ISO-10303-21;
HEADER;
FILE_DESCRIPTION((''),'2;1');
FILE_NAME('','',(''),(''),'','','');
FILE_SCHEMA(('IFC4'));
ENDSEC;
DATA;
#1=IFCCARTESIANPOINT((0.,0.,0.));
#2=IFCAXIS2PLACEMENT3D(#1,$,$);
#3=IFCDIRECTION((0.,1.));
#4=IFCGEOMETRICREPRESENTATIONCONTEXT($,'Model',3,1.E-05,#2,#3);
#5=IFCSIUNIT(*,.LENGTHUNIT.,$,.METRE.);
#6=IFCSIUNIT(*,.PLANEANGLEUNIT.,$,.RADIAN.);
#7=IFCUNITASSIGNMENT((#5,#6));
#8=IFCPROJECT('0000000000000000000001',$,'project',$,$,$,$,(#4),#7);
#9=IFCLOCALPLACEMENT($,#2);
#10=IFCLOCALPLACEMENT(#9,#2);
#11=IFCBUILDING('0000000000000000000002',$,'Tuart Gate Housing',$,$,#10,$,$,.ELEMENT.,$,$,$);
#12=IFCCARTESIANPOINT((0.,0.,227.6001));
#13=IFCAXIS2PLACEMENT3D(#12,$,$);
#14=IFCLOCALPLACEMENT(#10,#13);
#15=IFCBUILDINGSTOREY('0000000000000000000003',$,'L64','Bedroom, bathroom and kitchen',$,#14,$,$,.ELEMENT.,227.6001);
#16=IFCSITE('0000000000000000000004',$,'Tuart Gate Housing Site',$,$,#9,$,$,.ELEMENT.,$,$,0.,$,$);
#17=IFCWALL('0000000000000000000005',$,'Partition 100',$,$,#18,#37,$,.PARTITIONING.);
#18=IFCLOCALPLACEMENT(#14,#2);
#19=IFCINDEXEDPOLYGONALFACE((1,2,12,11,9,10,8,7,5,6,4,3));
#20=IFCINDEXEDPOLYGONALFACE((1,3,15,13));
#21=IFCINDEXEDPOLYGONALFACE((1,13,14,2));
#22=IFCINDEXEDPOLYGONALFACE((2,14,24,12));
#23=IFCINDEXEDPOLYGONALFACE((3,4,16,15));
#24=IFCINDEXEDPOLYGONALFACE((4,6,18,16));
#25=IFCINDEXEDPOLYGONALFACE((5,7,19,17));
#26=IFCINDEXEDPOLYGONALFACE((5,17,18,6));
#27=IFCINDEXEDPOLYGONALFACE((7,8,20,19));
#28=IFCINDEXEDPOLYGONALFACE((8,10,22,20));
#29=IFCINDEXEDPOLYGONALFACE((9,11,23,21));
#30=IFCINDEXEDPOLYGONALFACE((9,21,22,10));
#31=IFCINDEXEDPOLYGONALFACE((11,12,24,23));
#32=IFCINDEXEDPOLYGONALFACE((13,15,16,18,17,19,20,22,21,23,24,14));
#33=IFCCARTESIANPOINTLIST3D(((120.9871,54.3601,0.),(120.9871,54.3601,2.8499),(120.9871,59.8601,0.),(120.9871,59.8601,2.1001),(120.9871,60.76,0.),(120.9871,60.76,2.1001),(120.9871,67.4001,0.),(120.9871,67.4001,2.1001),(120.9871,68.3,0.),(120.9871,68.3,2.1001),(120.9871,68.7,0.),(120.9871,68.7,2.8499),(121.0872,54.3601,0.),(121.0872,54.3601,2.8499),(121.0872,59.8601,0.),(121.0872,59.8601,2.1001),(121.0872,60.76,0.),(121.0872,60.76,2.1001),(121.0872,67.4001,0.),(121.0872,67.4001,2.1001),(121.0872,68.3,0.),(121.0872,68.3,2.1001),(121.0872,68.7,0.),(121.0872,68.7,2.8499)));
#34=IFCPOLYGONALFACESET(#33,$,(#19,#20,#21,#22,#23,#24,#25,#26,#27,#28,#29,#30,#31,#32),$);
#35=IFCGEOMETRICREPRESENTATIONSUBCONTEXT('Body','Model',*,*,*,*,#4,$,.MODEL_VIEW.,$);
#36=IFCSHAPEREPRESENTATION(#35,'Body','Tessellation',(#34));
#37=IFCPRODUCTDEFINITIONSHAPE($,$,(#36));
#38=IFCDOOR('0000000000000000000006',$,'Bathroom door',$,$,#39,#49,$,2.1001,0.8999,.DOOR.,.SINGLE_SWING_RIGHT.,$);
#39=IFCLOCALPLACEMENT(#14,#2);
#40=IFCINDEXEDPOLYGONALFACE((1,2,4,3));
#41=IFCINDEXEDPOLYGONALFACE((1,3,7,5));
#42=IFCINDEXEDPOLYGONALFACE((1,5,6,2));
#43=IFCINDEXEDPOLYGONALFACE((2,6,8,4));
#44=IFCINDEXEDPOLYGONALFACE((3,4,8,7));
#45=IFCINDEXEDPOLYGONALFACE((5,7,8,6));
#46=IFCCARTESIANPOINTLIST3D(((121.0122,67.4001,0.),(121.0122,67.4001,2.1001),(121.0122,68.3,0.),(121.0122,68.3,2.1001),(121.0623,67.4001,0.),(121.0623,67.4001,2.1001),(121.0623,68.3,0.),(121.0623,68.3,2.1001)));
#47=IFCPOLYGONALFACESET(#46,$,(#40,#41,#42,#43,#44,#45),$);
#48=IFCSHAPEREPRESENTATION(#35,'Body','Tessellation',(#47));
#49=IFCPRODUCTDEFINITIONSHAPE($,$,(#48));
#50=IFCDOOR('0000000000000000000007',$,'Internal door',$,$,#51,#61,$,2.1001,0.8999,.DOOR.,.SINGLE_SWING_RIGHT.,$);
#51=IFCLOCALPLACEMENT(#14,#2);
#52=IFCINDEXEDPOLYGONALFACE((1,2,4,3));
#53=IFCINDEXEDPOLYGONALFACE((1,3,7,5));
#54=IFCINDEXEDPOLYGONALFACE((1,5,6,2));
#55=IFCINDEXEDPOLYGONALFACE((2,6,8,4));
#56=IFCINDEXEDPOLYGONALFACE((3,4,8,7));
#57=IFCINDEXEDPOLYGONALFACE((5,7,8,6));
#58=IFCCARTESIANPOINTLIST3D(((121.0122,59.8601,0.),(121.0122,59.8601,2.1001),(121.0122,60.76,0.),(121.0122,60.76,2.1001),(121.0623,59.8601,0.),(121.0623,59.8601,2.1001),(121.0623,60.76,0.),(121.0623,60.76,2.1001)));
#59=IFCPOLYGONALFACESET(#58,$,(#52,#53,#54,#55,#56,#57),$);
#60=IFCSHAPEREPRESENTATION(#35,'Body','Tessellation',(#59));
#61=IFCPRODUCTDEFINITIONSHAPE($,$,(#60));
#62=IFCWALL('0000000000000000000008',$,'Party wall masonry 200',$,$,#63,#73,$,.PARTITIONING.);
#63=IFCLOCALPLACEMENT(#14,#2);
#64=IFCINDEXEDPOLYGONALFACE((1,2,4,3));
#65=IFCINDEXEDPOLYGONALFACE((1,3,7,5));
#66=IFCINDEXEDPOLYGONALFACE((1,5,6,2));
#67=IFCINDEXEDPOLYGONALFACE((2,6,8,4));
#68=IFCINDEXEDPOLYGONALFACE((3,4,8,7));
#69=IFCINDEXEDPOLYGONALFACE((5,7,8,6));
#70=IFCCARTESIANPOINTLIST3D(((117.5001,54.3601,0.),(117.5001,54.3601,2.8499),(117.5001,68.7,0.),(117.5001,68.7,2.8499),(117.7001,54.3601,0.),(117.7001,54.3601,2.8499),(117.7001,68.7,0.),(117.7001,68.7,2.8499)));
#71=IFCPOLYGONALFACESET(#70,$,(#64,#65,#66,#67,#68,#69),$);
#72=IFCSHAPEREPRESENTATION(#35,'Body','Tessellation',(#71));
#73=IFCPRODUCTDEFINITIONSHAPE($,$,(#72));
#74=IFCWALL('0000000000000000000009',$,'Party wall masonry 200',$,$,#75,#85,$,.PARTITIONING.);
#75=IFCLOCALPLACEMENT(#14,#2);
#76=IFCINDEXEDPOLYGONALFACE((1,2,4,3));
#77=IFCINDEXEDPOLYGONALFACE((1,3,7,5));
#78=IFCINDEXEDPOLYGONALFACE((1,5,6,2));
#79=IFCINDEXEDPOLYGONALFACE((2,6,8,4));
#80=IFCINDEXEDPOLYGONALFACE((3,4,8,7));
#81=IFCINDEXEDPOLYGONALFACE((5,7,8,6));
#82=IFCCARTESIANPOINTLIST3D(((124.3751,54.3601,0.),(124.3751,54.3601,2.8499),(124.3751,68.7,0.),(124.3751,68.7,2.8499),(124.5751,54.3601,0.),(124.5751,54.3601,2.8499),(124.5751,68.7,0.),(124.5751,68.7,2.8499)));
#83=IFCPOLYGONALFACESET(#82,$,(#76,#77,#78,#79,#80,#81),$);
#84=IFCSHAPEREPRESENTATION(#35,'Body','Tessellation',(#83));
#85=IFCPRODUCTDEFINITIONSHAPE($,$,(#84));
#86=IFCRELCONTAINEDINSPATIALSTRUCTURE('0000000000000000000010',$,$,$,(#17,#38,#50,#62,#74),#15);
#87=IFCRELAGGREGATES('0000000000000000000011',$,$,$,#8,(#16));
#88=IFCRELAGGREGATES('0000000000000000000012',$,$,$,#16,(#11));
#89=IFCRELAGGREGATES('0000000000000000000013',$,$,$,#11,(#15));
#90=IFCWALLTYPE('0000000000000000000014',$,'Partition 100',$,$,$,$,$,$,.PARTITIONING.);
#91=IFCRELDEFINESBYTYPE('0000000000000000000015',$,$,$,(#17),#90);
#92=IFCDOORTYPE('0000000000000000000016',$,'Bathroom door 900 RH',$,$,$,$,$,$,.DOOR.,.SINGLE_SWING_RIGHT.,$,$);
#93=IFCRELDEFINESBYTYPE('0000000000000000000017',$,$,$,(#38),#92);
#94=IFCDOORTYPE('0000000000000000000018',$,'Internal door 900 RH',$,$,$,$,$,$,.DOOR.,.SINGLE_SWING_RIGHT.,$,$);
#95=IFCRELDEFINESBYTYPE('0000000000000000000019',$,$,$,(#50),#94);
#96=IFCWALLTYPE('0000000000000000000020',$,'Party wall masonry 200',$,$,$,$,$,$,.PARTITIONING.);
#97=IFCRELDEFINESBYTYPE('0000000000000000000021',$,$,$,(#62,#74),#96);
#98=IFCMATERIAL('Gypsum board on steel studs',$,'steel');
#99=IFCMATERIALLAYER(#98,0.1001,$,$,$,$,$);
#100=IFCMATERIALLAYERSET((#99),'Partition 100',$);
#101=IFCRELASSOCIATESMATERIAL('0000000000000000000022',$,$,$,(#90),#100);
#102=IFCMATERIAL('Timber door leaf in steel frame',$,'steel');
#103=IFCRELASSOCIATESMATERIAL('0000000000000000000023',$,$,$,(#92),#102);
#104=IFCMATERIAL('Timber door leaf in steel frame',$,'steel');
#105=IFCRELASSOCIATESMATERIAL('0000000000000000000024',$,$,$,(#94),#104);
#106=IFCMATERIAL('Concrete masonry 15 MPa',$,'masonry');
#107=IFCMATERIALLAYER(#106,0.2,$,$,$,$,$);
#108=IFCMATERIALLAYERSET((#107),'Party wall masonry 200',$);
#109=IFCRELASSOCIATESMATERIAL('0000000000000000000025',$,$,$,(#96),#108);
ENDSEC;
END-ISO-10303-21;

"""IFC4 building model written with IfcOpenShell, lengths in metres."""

from ifc_helpers import new_model, si_unit, direction, frame, frame_2d, origin, place, context, subcontext, project, spatial, rectangle, extrude, material, layer, layer_set, type_object, element, fill, save


model = new_model("IFC4")

# Units and contexts
model_context = context("Model", 3, precision=1e-05, world=origin(), true_north=direction((0.0, 1.0)))
body_context = subcontext(model_context, "Body", "Model", "MODEL_VIEW")
ifc_project = project(units=[si_unit("LENGTHUNIT", "METRE"), si_unit("PLANEANGLEUNIT", "RADIAN")], contexts=[model_context])

# Site, building, storey
site_placement = place(None, origin())
site = spatial("IfcSite", under=ifc_project, at=site_placement, Name="Tuart Gate Housing Site", CompositionType="ELEMENT", RefElevation=0.0)
building_placement = place(site_placement, origin())
building = spatial("IfcBuilding", under=site, at=building_placement, Name="Tuart Gate Housing", CompositionType="ELEMENT")
storey_placement = place(building_placement, frame((0.0, 0.0, 227.6001)))
storey = spatial("IfcBuildingStorey", under=building, at=storey_placement, Name="L64", Description="Bedroom, bathroom and kitchen", CompositionType="ELEMENT", Elevation=227.6001)

# Shared definitions
ifc_material_1 = material(Name="Gypsum board on steel studs", Category="steel")
ifc_layer_1 = layer(ifc_material_1, 0.1001)
ifc_layer_set_1 = layer_set([ifc_layer_1], Name="Partition 100")
wall_type_1 = type_object("IfcWallType", Name="Partition 100", PredefinedType="PARTITIONING", material=ifc_layer_set_1)

# Wall, openings, doors
wall_1_placement = place(storey_placement, frame((121.0371, 54.3601, 0.0), z_axis=(0.0, 0.0, 1.0), x_axis=(0.0, 1.0, 0.0)))
wall_1 = element("IfcWall", 1, at=wall_1_placement, inside=storey, type_object=wall_type_1, Name="Partition 100", PredefinedType="PARTITIONING", context=body_context, shape_type="SweptSolid", body=[
    extrude(rectangle(XDim=14.3398, YDim=0.1001, at=frame_2d((7.1699, 0.0))), origin(), (0.0, 0.0, 1.0), 2.8499),
])
opening_1_placement = place(wall_1_placement, frame((5.5, 0.0, 0.0)))
opening_1 = element("IfcOpeningElement", 2, at=opening_1_placement, cuts=wall_1, PredefinedType="OPENING", context=body_context, shape_type="SweptSolid", body=[
    extrude(rectangle(XDim=0.8999, YDim=2.1001, at=frame_2d((0.45, 1.05))), frame((0.0, 0.0601, 0.0), z_axis=(0.0, -1.0, 0.0), x_axis=(1.0, 0.0, 0.0)), (0.0, 0.0, 1.0), 0.1201),
])
opening_2_placement = place(wall_1_placement, frame((13.04, 0.0, 0.0)))
opening_2 = element("IfcOpeningElement", 3, at=opening_2_placement, cuts=wall_1, PredefinedType="OPENING", context=body_context, shape_type="SweptSolid", body=[
    extrude(rectangle(XDim=0.8999, YDim=2.1001, at=frame_2d((0.45, 1.05))), frame((0.0, 0.0601, 0.0), z_axis=(0.0, -1.0, 0.0), x_axis=(1.0, 0.0, 0.0)), (0.0, 0.0, 1.0), 0.1201),
])
ifc_material_2 = material(Name="Timber door leaf in steel frame", Category="steel")
door_type_1 = type_object("IfcDoorType", Name="Bathroom door 900 RH", OperationType="SINGLE_SWING_RIGHT", PredefinedType="DOOR", material=ifc_material_2)
door_1_placement = place(opening_2_placement, origin())
door_1 = element("IfcDoor", 4, at=door_1_placement, inside=storey, type_object=door_type_1, Name="Bathroom door", OperationType="SINGLE_SWING_RIGHT", OverallHeight=2.1001, OverallWidth=0.8999, PredefinedType="DOOR", context=body_context, shape_type="SweptSolid", body=[
    extrude(rectangle(XDim=0.8999, YDim=2.1001, at=frame_2d((0.45, 1.05))), frame((0.0, 0.0249, 0.0), z_axis=(0.0, -1.0, 0.0), x_axis=(1.0, 0.0, 0.0)), (0.0, 0.0, 1.0), 0.05),
])
fill(opening_2, door_1)
ifc_material_3 = material(Name="Timber door leaf in steel frame", Category="steel")
door_type_2 = type_object("IfcDoorType", Name="Internal door 900 RH", OperationType="SINGLE_SWING_RIGHT", PredefinedType="DOOR", material=ifc_material_3)
door_2_placement = place(opening_1_placement, origin())
door_2 = element("IfcDoor", 5, at=door_2_placement, inside=storey, type_object=door_type_2, Name="Internal door", OperationType="SINGLE_SWING_RIGHT", OverallHeight=2.1001, OverallWidth=0.8999, PredefinedType="DOOR", context=body_context, shape_type="SweptSolid", body=[
    extrude(rectangle(XDim=0.8999, YDim=2.1001, at=frame_2d((0.45, 1.05))), frame((0.0, 0.0249, 0.0), z_axis=(0.0, -1.0, 0.0), x_axis=(1.0, 0.0, 0.0)), (0.0, 0.0, 1.0), 0.05),
])
fill(opening_1, door_2)

# Walls
ifc_material_4 = material(Name="Concrete masonry 15 MPa", Category="masonry")
ifc_layer_2 = layer(ifc_material_4, 0.2)
ifc_layer_set_2 = layer_set([ifc_layer_2], Name="Party wall masonry 200")
wall_type_2 = type_object("IfcWallType", Name="Party wall masonry 200", PredefinedType="PARTITIONING", material=ifc_layer_set_2)
for number, where, z_axis, x_axis, name in (
    (6, (117.6001, 54.3601, 0.0), (0.0, 0.0, 1.0), (0.0, 1.0, 0.0), "Party wall masonry 200"),
    (7, (124.4751, 54.3601, 0.0), (0.0, 0.0, 1.0), (0.0, 1.0, 0.0), "Party wall masonry 200"),
):
    element("IfcWall", number, at=place(storey_placement, frame(where, z_axis=z_axis, x_axis=x_axis)), inside=storey, type_object=wall_type_2, Name=name, PredefinedType="PARTITIONING", context=body_context, shape_type="SweptSolid", body=[
        extrude(rectangle(XDim=14.3398, YDim=0.2, at=frame_2d((7.1699, 0.0))), origin(), (0.0, 0.0, 1.0), 2.8499),
    ])

save(model, "model.ifc")
